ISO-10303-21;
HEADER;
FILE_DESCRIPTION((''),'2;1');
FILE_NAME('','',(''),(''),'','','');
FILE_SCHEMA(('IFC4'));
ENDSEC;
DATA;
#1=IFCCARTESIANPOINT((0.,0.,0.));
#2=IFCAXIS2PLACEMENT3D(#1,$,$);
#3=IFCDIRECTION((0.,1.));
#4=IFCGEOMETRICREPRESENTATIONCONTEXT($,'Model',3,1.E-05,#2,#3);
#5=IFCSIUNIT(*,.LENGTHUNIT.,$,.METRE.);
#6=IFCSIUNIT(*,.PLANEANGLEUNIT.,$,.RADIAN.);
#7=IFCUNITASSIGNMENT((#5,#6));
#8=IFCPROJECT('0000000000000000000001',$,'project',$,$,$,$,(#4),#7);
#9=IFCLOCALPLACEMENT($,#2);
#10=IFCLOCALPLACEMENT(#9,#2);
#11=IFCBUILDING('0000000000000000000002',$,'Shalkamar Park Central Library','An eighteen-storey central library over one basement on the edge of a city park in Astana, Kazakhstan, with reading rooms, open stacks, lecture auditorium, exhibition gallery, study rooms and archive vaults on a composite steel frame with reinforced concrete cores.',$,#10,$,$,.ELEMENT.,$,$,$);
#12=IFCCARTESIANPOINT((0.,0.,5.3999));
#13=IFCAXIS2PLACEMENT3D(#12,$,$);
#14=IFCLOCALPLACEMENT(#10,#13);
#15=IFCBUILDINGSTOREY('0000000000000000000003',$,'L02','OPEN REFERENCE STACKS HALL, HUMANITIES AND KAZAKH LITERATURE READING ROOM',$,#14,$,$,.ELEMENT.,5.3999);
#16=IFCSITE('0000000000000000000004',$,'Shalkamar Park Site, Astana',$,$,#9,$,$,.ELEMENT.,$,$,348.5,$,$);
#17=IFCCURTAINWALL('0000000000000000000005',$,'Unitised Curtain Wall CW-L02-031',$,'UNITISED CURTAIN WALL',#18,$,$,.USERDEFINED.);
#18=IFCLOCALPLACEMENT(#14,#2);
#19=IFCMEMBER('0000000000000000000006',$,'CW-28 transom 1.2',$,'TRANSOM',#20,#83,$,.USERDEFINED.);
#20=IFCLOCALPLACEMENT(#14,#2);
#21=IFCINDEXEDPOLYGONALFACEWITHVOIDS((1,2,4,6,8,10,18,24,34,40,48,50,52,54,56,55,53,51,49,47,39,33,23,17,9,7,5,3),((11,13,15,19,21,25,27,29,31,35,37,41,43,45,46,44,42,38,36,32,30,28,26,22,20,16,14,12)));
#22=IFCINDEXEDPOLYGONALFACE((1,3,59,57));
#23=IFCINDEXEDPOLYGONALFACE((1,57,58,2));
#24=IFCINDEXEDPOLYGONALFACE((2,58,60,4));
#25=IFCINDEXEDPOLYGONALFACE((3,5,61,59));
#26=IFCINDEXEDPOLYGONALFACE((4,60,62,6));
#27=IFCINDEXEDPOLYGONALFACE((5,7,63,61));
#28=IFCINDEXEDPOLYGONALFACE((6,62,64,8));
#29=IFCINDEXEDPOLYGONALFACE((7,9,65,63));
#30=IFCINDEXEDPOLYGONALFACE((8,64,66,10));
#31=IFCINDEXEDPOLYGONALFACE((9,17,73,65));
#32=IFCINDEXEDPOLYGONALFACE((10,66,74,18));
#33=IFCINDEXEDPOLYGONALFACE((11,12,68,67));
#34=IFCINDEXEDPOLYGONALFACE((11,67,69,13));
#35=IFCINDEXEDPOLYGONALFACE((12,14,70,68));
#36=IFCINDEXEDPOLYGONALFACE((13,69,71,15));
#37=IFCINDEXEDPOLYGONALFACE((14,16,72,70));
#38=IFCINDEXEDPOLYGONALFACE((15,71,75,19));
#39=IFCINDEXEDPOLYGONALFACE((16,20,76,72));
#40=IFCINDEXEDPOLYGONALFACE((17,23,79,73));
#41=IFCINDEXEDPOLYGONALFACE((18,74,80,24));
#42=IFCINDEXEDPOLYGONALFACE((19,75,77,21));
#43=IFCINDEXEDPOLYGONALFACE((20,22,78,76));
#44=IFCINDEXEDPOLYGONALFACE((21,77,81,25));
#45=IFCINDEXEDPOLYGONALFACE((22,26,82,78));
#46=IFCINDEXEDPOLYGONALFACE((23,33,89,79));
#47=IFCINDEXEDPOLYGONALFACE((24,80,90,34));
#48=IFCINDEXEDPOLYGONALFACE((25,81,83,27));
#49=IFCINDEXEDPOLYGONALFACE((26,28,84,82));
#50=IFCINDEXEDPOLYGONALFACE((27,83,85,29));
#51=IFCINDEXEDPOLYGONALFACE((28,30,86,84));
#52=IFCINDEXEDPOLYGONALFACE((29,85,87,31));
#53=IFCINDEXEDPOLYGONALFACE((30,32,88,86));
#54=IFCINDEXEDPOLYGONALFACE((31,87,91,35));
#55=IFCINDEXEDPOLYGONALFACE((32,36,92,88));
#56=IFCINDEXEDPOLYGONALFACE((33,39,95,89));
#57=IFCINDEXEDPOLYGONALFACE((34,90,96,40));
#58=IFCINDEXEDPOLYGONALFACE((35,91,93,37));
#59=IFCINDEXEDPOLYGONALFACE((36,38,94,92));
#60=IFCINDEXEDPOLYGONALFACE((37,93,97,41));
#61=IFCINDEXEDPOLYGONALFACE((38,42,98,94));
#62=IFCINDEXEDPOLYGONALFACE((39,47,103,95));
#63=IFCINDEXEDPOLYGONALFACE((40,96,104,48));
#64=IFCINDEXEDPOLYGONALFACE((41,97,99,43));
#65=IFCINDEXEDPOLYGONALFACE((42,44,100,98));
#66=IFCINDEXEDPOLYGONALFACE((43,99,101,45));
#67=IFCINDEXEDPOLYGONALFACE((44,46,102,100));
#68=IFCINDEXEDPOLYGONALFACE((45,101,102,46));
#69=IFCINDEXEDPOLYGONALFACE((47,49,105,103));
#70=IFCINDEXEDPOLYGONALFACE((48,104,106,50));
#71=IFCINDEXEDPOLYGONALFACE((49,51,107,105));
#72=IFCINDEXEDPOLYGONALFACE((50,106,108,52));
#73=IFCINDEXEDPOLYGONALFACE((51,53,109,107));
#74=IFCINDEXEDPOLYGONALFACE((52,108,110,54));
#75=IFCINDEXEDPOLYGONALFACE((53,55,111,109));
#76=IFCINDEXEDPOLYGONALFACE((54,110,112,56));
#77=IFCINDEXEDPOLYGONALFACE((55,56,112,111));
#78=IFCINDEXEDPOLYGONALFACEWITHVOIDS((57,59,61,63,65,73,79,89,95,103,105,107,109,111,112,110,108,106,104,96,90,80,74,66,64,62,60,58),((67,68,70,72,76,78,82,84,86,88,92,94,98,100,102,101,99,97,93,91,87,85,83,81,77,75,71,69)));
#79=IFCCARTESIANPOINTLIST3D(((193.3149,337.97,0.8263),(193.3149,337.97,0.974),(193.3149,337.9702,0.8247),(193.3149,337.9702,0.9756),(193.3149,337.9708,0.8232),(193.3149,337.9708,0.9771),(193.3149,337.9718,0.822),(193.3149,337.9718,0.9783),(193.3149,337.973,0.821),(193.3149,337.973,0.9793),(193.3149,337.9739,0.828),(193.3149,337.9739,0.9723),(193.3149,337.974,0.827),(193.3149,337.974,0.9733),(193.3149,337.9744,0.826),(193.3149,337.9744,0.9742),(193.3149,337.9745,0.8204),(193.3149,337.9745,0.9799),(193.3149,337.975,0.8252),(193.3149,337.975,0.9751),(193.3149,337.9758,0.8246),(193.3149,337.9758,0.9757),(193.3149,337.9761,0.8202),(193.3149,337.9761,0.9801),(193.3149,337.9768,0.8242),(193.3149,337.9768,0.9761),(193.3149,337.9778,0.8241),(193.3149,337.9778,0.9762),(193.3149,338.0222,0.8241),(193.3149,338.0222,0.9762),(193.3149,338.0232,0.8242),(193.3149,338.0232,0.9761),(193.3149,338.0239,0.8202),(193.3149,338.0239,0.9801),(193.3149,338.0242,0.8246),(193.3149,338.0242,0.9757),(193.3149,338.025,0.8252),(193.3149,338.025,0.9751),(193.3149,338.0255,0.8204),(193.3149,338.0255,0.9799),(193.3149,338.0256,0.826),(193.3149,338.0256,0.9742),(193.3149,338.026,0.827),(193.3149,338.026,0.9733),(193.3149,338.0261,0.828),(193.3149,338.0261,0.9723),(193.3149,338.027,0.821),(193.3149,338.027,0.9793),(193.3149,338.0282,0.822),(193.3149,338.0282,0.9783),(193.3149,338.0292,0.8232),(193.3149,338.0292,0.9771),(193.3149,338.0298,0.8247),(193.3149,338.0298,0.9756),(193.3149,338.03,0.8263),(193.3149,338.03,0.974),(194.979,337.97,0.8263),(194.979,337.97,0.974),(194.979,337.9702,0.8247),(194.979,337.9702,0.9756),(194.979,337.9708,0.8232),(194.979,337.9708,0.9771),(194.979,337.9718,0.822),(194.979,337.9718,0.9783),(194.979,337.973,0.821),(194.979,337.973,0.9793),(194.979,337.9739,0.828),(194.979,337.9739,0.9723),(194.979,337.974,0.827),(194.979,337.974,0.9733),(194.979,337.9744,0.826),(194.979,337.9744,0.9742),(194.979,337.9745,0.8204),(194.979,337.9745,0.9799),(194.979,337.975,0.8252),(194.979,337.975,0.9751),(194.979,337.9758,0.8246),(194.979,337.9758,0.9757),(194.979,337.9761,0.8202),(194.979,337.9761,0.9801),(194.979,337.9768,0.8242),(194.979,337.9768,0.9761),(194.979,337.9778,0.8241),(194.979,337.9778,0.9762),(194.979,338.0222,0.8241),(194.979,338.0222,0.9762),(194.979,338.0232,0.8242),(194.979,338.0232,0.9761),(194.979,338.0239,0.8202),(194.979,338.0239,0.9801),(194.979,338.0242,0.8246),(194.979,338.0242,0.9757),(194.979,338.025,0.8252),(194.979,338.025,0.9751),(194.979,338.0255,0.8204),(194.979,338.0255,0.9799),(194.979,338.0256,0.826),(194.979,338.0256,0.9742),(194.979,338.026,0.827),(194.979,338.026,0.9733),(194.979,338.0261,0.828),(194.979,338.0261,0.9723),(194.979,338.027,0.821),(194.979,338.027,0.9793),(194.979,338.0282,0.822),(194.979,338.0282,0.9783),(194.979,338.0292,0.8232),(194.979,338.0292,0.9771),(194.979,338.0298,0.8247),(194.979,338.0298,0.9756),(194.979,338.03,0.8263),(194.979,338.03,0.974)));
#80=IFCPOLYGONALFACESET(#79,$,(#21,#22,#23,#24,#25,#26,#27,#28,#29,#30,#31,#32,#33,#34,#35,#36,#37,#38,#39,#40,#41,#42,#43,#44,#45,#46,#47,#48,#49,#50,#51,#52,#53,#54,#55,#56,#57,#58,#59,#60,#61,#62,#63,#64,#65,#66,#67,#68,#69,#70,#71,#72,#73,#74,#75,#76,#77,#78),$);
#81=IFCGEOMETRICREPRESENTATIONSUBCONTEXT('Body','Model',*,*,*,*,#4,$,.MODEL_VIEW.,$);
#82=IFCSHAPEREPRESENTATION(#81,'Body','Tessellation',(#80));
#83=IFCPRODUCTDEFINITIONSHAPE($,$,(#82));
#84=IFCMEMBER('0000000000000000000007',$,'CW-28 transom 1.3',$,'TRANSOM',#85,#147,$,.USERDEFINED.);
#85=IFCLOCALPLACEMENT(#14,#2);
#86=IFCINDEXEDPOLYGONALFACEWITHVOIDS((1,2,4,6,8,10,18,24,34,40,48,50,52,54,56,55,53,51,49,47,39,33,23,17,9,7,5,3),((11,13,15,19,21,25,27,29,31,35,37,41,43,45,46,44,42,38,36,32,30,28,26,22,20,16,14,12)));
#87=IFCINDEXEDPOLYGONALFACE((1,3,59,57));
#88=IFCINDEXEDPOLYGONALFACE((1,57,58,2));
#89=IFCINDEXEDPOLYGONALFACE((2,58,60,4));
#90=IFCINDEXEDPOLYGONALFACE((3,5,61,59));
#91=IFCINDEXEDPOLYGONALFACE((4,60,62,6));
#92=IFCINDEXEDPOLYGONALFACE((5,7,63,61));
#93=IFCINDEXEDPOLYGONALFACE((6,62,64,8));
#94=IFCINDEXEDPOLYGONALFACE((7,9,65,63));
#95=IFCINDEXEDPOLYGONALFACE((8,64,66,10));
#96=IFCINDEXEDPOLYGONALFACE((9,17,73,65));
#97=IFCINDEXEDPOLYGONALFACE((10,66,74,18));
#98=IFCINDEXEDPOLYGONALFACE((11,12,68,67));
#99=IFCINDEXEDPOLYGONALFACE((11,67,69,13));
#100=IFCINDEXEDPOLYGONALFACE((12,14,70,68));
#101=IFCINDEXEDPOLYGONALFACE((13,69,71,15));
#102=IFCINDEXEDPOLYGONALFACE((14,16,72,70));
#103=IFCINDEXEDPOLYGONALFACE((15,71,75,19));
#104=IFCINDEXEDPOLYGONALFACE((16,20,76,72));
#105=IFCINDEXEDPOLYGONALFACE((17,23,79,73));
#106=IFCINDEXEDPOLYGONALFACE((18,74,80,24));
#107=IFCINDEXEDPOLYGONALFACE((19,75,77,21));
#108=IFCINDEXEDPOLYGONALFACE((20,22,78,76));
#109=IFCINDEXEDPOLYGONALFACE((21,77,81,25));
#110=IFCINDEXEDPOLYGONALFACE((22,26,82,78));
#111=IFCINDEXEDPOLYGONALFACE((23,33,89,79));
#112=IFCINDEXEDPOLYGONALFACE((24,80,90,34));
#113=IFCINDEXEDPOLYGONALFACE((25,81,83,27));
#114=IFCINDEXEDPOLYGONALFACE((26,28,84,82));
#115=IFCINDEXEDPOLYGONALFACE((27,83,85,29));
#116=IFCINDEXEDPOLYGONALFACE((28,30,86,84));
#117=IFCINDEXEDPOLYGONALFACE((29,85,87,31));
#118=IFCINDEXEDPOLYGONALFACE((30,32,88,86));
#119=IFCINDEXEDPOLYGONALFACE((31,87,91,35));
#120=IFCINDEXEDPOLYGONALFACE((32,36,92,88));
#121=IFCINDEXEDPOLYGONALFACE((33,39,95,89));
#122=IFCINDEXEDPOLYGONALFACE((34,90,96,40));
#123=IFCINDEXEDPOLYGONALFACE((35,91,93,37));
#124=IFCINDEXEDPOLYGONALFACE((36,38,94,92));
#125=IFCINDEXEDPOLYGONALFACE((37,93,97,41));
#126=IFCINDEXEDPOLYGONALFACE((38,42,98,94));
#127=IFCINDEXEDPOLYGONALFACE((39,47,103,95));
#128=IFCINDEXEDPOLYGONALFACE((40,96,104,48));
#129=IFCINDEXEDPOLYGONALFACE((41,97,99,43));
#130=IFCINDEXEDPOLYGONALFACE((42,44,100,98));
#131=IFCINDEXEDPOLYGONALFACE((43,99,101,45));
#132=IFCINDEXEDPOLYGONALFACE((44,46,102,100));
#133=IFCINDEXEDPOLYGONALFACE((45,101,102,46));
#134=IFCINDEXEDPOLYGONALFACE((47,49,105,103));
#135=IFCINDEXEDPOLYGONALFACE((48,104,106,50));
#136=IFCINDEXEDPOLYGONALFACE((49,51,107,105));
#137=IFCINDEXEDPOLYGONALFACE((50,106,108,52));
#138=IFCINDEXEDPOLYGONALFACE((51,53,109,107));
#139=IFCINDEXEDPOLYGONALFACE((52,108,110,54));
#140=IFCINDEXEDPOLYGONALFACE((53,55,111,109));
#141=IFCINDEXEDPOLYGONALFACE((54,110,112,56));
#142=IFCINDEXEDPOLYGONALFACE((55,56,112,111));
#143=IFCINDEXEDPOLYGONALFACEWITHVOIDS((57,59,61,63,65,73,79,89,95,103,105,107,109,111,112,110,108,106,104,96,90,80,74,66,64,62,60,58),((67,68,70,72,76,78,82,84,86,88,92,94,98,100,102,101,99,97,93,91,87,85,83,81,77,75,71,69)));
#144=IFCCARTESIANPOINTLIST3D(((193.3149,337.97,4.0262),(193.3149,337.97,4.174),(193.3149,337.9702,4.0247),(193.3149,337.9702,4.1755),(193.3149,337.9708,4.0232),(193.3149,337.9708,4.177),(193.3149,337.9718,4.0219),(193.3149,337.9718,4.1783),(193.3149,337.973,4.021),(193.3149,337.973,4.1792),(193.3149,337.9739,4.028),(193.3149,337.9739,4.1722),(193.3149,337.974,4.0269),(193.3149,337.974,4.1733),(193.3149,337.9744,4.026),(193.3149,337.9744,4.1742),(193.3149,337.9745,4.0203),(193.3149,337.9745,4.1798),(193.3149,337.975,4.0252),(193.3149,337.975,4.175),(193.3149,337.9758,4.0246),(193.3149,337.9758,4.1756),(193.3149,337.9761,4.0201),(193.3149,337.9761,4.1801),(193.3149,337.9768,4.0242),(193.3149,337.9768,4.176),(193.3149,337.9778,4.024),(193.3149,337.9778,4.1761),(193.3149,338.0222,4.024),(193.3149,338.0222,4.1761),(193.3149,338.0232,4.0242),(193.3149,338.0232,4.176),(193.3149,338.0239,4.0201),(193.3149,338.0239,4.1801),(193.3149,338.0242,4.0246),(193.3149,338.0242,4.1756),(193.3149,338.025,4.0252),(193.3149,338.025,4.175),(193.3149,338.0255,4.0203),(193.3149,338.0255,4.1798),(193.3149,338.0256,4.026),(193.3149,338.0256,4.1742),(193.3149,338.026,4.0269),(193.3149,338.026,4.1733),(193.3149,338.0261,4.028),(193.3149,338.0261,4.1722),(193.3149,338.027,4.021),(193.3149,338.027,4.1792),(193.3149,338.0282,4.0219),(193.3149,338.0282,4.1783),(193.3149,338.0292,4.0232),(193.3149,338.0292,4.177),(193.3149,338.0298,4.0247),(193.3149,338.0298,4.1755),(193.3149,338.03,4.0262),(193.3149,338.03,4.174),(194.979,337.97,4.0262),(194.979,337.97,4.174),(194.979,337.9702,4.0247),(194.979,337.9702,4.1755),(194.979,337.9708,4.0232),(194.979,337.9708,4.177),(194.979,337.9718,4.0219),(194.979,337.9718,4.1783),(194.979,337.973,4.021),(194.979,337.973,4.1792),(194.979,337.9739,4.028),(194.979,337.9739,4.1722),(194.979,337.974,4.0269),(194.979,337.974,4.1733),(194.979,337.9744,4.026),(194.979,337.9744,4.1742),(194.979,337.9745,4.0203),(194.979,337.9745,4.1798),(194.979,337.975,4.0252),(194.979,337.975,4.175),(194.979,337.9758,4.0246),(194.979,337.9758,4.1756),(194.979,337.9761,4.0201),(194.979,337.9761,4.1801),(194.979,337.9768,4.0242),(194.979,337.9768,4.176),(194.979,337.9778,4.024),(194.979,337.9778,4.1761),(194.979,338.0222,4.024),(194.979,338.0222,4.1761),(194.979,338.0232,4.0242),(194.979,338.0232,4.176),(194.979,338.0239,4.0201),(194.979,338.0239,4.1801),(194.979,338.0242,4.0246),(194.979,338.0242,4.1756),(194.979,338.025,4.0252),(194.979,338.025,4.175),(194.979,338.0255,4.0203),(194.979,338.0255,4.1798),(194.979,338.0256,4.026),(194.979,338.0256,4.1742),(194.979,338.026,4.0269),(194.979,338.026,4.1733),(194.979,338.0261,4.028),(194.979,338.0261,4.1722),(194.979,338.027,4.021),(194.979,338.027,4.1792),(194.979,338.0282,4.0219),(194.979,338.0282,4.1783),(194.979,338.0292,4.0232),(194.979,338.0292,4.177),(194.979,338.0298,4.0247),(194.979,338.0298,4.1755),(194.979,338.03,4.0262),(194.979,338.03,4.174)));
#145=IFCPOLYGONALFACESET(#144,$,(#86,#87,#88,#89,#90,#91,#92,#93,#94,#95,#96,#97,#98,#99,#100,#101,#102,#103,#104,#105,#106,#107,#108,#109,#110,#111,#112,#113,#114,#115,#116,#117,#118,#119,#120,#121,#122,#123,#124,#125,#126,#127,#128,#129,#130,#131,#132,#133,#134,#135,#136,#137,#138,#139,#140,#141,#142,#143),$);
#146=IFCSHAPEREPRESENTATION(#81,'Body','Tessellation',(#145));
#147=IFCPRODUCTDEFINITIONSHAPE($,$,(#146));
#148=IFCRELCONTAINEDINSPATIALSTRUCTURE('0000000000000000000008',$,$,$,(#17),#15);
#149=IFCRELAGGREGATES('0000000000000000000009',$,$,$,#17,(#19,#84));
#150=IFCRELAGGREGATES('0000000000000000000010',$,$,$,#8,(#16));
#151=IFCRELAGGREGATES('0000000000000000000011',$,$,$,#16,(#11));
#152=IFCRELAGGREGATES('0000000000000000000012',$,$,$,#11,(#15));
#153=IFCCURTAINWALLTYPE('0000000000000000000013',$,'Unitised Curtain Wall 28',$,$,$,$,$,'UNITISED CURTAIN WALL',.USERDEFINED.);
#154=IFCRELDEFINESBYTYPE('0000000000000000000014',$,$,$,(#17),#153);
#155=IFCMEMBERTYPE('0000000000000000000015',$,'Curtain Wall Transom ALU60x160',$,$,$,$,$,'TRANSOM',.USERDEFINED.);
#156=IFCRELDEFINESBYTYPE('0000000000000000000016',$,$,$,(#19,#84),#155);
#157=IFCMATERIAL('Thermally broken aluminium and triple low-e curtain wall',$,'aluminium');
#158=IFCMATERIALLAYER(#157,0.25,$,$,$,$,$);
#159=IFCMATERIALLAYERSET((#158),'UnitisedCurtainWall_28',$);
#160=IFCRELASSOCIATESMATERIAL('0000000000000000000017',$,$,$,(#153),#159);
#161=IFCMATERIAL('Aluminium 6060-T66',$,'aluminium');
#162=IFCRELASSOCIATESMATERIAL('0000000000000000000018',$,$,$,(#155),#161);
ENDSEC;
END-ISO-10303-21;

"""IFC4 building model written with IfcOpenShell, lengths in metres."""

from ifc_helpers import new_model, si_unit, direction, frame, origin, origin_2d, place, context, subcontext, project, spatial, hollow_rectangle, extrude, material, layer, layer_set, material_profile, profile_set, type_object, element, aggregate, save


model = new_model("IFC4")

# Units and contexts
model_context = context("Model", 3, precision=1e-05, world=origin(), true_north=direction((0.0, 1.0)))
body_context = subcontext(model_context, "Body", "Model", "MODEL_VIEW")
ifc_project = project(units=[si_unit("LENGTHUNIT", "METRE"), si_unit("PLANEANGLEUNIT", "RADIAN")], contexts=[model_context])

# Site, building, storey
site_placement = place(None, origin())
site = spatial("IfcSite", under=ifc_project, at=site_placement, Name="Shalkamar Park Site, Astana", CompositionType="ELEMENT", RefElevation=348.5)
building_placement = place(site_placement, origin())
building = spatial("IfcBuilding", under=site, at=building_placement, Name="Shalkamar Park Central Library", Description="An eighteen-storey central library over one basement on the edge of a city park in Astana, Kazakhstan, with reading rooms, open stacks, lecture auditorium, exhibition gallery, study rooms and archive vaults on a composite steel frame with reinforced concrete cores.", CompositionType="ELEMENT")
storey_placement = place(building_placement, frame((0.0, 0.0, 5.3999)))
storey = spatial("IfcBuildingStorey", under=building, at=storey_placement, Name="L02", Description="OPEN REFERENCE STACKS HALL, HUMANITIES AND KAZAKH LITERATURE READING ROOM", CompositionType="ELEMENT", Elevation=5.3999)

# Curtain wall
ifc_material_1 = material(Name="Thermally broken aluminium and triple low-e curtain wall", Category="aluminium")
ifc_layer_1 = layer(ifc_material_1, 0.25)
ifc_layer_set_1 = layer_set([ifc_layer_1], Name="UnitisedCurtainWall_28")
curtain_wall_type_1 = type_object("IfcCurtainWallType", Name="Unitised Curtain Wall 28", ElementType="UNITISED CURTAIN WALL", PredefinedType="USERDEFINED", material=ifc_layer_set_1)
curtain_wall_1_placement = place(storey_placement, origin())
curtain_wall_1 = element("IfcCurtainWall", 1, at=curtain_wall_1_placement, inside=storey, type_object=curtain_wall_type_1, Name="Unitised Curtain Wall CW-L02-031", ObjectType="UNITISED CURTAIN WALL", PredefinedType="USERDEFINED")
ifc_material_2 = material(Name="Aluminium 6060-T66", Category="aluminium")

# Members
ifc_material_profile_1 = material_profile(ifc_material_2, hollow_rectangle(XDim=0.0601, YDim=0.1599, WallThickness=0.0039, InnerFilletRadius=0.0039, OuterFilletRadius=0.0061, at=origin_2d()), Name="ALU 60x160x4")
ifc_profile_set_1 = profile_set([ifc_material_profile_1], Name="Aluminium 6060-T66")
member_type_1 = type_object("IfcMemberType", Name="Curtain Wall Transom ALU60x160", ElementType="TRANSOM", PredefinedType="USERDEFINED", material=ifc_profile_set_1)
member_1_placement = place(storey_placement, frame((193.3149, 338.0, 0.9001), z_axis=(1.0, 0.0, 0.0), x_axis=(0.0, 1.0, 0.0)))
member_1 = element("IfcMember", 2, at=member_1_placement, type_object=member_type_1, Name="CW-28 transom 1.2", ObjectType="TRANSOM", PredefinedType="USERDEFINED", context=body_context, shape_type="SweptSolid", body=[
    extrude(hollow_rectangle(XDim=0.0601, YDim=0.1599, WallThickness=0.0039, InnerFilletRadius=0.0039, OuterFilletRadius=0.0061, at=origin_2d()), origin(), (0.0, 0.0, 1.0), 1.6641),
])
member_2_placement = place(storey_placement, frame((193.3149, 338.0, 4.1001), z_axis=(1.0, 0.0, 0.0), x_axis=(0.0, 1.0, 0.0)))
member_2 = element("IfcMember", 3, at=member_2_placement, type_object=member_type_1, Name="CW-28 transom 1.3", ObjectType="TRANSOM", PredefinedType="USERDEFINED", context=body_context, shape_type="SweptSolid", body=[
    extrude(hollow_rectangle(XDim=0.0601, YDim=0.1599, WallThickness=0.0039, InnerFilletRadius=0.0039, OuterFilletRadius=0.0061, at=origin_2d()), origin(), (0.0, 0.0, 1.0), 1.6641),
])

aggregate(curtain_wall_1, [member_1, member_2])

save(model, "model.ifc")
